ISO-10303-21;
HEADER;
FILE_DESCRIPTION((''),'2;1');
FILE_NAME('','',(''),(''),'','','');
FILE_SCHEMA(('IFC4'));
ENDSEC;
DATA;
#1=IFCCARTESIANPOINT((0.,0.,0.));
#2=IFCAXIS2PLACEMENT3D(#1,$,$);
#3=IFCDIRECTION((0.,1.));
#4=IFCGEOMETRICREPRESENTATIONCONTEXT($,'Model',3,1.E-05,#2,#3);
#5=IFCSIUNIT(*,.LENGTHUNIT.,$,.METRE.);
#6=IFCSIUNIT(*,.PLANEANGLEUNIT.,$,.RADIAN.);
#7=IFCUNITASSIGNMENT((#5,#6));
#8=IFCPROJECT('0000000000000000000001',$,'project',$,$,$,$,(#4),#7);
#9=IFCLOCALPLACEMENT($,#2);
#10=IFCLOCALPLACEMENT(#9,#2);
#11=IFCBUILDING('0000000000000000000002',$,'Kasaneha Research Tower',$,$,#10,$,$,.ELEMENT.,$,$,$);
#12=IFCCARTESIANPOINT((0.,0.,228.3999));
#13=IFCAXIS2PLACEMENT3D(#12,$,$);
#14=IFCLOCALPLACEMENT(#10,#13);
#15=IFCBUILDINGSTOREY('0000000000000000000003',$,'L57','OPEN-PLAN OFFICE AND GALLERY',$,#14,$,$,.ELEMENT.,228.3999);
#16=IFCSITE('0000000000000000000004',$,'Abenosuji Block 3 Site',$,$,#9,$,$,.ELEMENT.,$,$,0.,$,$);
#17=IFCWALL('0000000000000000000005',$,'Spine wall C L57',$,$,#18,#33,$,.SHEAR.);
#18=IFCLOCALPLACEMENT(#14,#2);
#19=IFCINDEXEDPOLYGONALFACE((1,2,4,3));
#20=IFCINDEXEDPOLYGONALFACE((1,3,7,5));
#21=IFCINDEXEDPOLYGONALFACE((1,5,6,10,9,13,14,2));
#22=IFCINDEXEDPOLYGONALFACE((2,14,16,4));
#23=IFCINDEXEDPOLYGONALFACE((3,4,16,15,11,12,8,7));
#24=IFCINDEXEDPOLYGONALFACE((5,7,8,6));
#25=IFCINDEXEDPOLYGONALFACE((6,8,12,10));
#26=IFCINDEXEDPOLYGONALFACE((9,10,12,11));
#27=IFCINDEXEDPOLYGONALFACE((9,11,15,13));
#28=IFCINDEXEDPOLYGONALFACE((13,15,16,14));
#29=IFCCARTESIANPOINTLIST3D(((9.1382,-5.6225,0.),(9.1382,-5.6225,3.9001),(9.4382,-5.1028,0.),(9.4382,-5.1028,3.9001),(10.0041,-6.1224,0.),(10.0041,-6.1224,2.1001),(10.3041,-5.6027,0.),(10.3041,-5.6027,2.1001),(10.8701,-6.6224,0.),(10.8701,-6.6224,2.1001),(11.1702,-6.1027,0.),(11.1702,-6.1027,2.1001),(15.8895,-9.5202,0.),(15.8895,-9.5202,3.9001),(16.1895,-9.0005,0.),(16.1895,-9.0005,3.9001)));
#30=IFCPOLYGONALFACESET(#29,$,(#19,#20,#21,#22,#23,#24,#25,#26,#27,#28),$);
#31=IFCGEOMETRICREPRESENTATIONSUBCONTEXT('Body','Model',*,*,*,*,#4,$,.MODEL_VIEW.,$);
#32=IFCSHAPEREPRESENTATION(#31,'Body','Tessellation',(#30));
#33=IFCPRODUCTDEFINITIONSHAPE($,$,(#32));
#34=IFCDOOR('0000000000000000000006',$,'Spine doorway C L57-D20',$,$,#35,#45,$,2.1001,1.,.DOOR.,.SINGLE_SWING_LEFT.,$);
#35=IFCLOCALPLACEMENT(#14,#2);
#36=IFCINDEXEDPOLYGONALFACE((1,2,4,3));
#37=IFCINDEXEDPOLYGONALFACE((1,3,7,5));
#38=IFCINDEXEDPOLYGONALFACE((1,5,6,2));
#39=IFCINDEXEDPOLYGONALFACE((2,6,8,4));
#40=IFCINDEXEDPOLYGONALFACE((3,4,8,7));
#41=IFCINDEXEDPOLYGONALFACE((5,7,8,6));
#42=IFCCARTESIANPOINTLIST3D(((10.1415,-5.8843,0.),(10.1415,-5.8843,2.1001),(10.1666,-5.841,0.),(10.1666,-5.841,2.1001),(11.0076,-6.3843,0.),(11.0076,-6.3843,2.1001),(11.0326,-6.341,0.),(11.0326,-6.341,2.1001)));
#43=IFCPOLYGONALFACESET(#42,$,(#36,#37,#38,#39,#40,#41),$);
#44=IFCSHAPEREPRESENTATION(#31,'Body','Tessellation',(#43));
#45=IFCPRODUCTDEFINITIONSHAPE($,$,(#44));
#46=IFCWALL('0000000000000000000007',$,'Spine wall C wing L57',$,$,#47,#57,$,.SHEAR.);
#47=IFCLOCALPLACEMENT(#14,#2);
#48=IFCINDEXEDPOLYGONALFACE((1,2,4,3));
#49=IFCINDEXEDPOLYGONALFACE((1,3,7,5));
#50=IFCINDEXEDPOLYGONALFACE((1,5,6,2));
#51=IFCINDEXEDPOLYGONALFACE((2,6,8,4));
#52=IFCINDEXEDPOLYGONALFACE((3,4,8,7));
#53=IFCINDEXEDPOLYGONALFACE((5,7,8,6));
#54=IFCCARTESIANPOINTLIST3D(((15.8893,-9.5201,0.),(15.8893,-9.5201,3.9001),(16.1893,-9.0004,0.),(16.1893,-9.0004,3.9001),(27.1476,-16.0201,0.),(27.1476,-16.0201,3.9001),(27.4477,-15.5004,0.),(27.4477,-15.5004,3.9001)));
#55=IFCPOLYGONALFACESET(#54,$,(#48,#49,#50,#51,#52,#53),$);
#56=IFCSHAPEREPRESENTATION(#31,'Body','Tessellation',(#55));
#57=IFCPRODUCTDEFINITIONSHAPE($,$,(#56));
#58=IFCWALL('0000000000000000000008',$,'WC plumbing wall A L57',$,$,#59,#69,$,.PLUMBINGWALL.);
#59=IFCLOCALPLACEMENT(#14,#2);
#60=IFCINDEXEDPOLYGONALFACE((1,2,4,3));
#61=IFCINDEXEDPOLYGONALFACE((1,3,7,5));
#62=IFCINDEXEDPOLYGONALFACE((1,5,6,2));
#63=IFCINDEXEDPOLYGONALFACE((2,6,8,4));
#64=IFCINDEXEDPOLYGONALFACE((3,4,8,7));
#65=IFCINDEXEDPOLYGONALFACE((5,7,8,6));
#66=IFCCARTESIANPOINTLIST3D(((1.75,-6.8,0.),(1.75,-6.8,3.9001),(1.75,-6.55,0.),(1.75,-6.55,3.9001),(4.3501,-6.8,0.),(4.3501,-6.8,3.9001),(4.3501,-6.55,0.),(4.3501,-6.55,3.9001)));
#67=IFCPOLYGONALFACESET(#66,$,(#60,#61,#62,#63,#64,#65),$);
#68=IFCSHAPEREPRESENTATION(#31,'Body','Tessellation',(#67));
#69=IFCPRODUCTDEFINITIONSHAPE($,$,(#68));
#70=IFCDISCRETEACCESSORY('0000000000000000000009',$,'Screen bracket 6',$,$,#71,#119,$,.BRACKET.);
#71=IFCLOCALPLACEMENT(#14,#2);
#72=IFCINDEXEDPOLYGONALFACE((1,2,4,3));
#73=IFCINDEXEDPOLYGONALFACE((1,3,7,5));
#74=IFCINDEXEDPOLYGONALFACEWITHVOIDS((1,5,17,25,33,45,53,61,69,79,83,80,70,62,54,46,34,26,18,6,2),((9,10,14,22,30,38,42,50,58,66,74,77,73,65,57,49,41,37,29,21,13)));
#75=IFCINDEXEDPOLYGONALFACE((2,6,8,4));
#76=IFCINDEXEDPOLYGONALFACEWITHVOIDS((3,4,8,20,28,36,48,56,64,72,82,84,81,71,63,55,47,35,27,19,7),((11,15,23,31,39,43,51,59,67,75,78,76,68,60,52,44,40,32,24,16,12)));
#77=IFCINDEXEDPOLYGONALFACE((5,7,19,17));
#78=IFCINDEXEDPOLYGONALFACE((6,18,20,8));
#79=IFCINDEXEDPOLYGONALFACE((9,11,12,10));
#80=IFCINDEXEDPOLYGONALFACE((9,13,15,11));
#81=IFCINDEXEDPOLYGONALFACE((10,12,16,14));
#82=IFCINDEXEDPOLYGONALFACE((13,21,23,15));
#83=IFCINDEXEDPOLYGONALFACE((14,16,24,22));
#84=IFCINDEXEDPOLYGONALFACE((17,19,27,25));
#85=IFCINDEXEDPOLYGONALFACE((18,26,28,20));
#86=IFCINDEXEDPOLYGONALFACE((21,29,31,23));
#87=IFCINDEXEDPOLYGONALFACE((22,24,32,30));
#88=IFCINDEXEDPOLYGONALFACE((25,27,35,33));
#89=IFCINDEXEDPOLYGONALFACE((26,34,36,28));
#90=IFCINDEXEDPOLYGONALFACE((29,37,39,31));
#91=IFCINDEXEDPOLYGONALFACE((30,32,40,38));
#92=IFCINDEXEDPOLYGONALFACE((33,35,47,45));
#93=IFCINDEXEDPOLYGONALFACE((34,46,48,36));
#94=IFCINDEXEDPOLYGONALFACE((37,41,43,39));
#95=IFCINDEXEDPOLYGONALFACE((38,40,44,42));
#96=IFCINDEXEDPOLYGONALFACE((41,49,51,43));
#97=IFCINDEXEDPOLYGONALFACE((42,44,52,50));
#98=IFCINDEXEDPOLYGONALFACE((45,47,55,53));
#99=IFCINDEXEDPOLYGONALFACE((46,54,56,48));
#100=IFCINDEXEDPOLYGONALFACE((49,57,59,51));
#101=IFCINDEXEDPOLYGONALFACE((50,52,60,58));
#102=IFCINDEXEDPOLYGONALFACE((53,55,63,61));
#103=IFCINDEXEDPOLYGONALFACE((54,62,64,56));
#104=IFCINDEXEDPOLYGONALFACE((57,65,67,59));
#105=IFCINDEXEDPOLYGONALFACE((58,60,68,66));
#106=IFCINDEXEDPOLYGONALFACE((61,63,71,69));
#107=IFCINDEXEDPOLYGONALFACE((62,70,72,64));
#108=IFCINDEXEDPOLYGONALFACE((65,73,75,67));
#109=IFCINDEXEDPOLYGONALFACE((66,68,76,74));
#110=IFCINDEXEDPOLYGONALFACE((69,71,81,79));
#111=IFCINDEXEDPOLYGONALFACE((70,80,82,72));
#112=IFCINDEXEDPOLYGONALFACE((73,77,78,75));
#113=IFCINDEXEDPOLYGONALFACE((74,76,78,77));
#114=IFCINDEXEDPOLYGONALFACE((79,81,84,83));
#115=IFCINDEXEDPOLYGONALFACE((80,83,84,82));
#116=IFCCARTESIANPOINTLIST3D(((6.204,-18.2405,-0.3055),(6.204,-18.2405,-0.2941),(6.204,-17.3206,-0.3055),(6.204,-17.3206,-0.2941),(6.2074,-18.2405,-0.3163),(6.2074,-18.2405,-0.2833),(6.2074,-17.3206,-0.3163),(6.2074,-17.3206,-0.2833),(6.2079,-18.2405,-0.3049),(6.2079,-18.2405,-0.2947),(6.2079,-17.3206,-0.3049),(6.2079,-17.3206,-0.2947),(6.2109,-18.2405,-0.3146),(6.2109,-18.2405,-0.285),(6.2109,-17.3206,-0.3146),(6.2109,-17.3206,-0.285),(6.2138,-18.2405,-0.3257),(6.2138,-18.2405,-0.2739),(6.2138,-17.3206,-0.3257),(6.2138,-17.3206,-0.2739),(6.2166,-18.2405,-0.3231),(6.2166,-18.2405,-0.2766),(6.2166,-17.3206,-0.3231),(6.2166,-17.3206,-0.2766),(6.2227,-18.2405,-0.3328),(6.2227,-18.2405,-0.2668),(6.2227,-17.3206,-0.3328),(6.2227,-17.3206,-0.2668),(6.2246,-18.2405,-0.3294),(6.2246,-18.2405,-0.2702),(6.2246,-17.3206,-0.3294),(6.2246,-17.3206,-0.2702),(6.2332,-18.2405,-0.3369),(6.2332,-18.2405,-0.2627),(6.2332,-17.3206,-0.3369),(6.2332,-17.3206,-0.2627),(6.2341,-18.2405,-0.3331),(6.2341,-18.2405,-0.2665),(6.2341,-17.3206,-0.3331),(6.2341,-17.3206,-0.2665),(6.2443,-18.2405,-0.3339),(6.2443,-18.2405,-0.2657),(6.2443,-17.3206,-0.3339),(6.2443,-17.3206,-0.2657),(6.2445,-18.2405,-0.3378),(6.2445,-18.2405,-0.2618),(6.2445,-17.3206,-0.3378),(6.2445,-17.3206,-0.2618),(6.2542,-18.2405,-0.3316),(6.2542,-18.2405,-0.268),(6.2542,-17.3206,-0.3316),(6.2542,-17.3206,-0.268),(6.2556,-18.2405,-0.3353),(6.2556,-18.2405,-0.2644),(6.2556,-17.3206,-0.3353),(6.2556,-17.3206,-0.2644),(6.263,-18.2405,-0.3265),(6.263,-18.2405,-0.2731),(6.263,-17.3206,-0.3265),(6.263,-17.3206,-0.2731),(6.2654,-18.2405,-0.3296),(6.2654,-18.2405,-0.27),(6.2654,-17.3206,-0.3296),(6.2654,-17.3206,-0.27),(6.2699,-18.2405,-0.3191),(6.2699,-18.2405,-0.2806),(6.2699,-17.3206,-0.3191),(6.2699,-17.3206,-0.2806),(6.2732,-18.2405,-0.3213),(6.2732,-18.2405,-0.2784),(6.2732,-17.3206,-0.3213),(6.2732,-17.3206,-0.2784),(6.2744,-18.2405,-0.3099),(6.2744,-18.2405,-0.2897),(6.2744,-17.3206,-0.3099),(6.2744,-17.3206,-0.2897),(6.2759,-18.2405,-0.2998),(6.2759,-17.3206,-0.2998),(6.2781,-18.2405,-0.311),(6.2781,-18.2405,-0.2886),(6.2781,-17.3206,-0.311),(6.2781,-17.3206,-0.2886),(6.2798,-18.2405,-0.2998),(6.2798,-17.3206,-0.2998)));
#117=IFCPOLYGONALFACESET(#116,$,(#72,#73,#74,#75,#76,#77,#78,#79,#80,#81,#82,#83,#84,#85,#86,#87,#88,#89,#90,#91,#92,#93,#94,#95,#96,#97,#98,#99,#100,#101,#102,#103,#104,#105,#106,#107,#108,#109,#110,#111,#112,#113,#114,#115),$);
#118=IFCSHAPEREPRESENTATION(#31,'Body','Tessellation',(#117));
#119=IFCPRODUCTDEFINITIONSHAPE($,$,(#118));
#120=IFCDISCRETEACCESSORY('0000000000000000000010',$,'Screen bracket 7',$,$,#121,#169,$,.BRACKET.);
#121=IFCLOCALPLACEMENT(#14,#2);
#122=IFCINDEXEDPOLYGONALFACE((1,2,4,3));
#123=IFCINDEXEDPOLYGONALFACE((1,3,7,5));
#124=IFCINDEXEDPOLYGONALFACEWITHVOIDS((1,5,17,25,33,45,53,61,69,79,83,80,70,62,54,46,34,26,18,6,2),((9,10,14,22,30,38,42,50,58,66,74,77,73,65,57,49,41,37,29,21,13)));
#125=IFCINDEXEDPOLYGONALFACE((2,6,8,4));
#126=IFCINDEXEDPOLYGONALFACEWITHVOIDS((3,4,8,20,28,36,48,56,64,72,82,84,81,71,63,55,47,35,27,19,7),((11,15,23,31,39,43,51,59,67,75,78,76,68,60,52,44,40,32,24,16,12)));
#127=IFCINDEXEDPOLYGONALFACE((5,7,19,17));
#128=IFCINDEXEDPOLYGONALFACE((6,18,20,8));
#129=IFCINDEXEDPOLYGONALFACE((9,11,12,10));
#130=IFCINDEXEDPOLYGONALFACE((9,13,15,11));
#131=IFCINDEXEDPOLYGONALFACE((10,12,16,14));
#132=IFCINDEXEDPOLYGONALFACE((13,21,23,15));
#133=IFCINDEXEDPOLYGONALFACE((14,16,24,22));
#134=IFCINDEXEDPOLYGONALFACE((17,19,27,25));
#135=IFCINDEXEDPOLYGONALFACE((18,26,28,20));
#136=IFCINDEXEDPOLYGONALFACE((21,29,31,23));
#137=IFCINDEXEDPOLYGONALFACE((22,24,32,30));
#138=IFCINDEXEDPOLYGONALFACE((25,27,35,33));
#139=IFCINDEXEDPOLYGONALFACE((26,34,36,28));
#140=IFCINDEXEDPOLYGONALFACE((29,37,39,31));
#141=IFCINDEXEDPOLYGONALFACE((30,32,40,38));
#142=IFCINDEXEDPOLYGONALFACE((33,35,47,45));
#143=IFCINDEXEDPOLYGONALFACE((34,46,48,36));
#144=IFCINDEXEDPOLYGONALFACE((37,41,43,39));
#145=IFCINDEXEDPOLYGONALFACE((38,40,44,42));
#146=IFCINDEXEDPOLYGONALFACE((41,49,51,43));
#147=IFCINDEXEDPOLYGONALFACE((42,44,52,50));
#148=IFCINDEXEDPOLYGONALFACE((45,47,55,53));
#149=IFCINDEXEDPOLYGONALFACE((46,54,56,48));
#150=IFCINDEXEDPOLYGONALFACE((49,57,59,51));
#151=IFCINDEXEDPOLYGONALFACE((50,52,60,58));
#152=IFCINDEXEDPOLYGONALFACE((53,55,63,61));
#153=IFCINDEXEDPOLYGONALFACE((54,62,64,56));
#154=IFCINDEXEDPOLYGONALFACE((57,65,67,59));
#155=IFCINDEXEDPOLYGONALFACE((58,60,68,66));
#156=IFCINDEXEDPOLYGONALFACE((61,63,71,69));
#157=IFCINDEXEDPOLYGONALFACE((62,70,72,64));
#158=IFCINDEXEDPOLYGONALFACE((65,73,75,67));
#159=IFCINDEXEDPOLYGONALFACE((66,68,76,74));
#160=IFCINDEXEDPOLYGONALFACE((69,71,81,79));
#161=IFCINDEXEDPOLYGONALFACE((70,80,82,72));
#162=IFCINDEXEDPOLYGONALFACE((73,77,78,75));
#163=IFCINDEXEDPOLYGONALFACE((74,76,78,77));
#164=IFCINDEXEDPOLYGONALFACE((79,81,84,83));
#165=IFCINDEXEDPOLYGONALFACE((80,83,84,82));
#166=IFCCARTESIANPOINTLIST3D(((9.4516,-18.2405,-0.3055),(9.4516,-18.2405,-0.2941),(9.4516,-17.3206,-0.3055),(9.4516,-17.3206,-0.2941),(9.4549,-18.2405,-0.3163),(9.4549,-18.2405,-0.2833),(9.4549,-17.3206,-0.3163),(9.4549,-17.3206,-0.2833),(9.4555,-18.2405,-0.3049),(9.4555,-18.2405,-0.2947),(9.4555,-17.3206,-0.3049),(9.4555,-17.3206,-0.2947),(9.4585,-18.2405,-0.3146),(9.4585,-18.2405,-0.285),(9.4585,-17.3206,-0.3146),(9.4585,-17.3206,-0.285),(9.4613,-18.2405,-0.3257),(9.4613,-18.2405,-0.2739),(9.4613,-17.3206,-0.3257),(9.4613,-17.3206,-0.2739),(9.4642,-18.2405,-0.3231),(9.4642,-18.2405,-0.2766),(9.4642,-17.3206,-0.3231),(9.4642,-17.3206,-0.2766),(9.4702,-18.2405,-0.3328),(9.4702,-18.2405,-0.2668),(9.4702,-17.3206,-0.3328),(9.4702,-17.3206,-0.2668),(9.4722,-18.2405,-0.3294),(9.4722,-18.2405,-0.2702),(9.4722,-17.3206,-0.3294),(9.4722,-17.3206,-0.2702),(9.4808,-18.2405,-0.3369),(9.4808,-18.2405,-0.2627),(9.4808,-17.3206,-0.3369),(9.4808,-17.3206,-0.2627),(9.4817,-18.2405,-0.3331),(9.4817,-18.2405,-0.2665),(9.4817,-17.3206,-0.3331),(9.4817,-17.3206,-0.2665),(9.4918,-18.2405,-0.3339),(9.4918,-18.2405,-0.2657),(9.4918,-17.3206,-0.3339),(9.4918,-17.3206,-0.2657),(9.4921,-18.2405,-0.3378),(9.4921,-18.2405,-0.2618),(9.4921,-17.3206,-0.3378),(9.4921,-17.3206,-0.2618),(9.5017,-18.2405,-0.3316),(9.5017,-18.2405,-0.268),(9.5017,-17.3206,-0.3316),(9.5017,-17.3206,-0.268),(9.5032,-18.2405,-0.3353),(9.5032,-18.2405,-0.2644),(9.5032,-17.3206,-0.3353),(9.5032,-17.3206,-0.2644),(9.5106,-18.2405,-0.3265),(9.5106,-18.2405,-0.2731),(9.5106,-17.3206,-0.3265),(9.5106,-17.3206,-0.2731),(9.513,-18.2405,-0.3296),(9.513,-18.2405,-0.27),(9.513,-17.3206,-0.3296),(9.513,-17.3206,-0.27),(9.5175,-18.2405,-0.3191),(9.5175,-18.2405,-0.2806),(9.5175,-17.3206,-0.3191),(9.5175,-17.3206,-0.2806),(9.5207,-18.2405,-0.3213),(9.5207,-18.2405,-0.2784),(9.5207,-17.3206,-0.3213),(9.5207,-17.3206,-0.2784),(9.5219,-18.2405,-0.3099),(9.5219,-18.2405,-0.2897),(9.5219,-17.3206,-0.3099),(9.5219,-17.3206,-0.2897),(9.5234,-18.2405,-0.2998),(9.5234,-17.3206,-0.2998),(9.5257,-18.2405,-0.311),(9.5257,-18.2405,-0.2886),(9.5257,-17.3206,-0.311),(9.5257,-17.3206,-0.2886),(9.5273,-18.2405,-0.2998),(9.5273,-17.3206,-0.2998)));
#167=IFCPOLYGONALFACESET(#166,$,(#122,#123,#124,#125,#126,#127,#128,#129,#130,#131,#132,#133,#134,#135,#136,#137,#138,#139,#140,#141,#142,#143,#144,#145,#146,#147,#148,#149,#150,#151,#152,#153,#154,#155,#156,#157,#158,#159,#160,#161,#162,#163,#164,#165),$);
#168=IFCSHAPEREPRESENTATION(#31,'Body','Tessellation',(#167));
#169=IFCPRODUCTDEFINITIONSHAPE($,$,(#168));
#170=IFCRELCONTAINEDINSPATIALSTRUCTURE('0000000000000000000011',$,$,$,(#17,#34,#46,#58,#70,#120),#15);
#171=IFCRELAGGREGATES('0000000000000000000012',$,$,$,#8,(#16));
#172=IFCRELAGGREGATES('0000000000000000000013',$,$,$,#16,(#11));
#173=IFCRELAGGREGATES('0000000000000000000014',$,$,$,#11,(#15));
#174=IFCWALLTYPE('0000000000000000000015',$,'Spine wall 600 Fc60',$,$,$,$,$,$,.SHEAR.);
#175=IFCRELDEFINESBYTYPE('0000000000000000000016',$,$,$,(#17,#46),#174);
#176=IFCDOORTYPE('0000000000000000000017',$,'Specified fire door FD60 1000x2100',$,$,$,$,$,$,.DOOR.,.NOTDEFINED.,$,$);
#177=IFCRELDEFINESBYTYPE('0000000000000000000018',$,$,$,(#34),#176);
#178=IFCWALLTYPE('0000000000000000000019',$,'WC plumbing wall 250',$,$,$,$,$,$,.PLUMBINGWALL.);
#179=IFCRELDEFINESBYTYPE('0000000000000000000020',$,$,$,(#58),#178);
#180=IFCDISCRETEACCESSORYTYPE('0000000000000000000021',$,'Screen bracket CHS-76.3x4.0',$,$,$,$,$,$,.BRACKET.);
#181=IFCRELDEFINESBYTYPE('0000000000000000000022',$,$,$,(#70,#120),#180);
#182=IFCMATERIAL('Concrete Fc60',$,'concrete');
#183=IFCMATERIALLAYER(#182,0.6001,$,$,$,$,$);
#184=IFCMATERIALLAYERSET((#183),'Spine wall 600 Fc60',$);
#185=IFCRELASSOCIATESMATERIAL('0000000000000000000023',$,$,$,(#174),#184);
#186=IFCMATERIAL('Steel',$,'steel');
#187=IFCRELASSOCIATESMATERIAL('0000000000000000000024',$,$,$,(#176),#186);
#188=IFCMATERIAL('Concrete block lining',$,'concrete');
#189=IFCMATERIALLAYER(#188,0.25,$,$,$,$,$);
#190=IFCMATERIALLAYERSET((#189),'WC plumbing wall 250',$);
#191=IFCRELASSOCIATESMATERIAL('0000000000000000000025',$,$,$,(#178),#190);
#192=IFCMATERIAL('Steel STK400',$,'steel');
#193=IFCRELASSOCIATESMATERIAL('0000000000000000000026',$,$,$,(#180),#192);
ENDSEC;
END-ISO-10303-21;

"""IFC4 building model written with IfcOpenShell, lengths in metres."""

from ifc_helpers import new_model, si_unit, direction, frame, frame_2d, origin, origin_2d, place, context, subcontext, project, spatial, rectangle, hollow_circle, extrude, material, layer, layer_set, material_profile, profile_set, type_object, element, fill, save


model = new_model("IFC4")

# Units and contexts
model_context = context("Model", 3, precision=1e-05, world=origin(), true_north=direction((0.0, 1.0)))
body_context = subcontext(model_context, "Body", "Model", "MODEL_VIEW")
ifc_project = project(units=[si_unit("LENGTHUNIT", "METRE"), si_unit("PLANEANGLEUNIT", "RADIAN")], contexts=[model_context])

# Site, building, storey
site_placement = place(None, origin())
site = spatial("IfcSite", under=ifc_project, at=site_placement, Name="Abenosuji Block 3 Site", CompositionType="ELEMENT", RefElevation=0.0)
building_placement = place(site_placement, origin())
building = spatial("IfcBuilding", under=site, at=building_placement, Name="Kasaneha Research Tower", CompositionType="ELEMENT")
storey_placement = place(building_placement, frame((0.0, 0.0, 228.3999)))
storey = spatial("IfcBuildingStorey", under=building, at=storey_placement, Name="L57", Description="OPEN-PLAN OFFICE AND GALLERY", CompositionType="ELEMENT", Elevation=228.3999)

# Wall, opening, door
ifc_material_1 = material(Name="Concrete Fc60", Category="concrete")
ifc_layer_1 = layer(ifc_material_1, 0.6001)
ifc_layer_set_1 = layer_set([ifc_layer_1], Name="Spine wall 600 Fc60")
wall_type_1 = type_object("IfcWallType", Name="Spine wall 600 Fc60", PredefinedType="SHEAR", material=ifc_layer_set_1)
wall_1_placement = place(storey_placement, frame((9.2881, -5.3625, 0.0), z_axis=(0.0, 0.0, 1.0), x_axis=(0.866032, -0.499989, 0.0)))
wall_1 = element("IfcWall", 1, at=wall_1_placement, inside=storey, type_object=wall_type_1, Name="Spine wall C L57", PredefinedType="SHEAR", context=body_context, shape_type="SweptSolid", body=[
    extrude(rectangle(XDim=7.7957, YDim=0.6001, at=frame_2d((3.8979, 0.0))), origin(), (0.0, 0.0, 1.0), 3.9001),
])
opening_1_placement = place(wall_1_placement, frame((1.0, 0.0, 0.0)))
opening_1 = element("IfcOpeningElement", 2, at=opening_1_placement, cuts=wall_1, PredefinedType="OPENING", context=body_context, shape_type="SweptSolid", body=[
    extrude(rectangle(XDim=1.0, YDim=2.1001, at=frame_2d((0.5, 1.05))), frame((0.0, 0.3101, 0.0), z_axis=(0.0, -1.0, 0.0), x_axis=(1.0, 0.0, 0.0)), (0.0, 0.0, 1.0), 0.6201),
])
ifc_material_2 = material(Name="Steel", Category="steel")
door_type_1 = type_object("IfcDoorType", Name="Specified fire door FD60 1000x2100", OperationType="NOTDEFINED", PredefinedType="DOOR", material=ifc_material_2)
door_1_placement = place(opening_1_placement, origin())
door_1 = element("IfcDoor", 3, at=door_1_placement, inside=storey, type_object=door_type_1, Name="Spine doorway C L57-D20", OperationType="SINGLE_SWING_LEFT", OverallHeight=2.1001, OverallWidth=1.0, PredefinedType="DOOR", context=body_context, shape_type="SweptSolid", body=[
    extrude(rectangle(XDim=1.0, YDim=2.1001, at=frame_2d((0.5, 1.05))), frame((0.0, 0.0249, 0.0), z_axis=(0.0, -1.0, 0.0), x_axis=(1.0, 0.0, 0.0)), (0.0, 0.0, 1.0), 0.05),
])
fill(opening_1, door_1)

# Walls
wall_2_placement = place(storey_placement, frame((16.0393, -9.2603, 0.0), z_axis=(0.0, 0.0, 1.0), x_axis=(0.866025, -0.500001, 0.0)))
element("IfcWall", 4, at=wall_2_placement, inside=storey, type_object=wall_type_1, Name="Spine wall C wing L57", PredefinedType="SHEAR", context=body_context, shape_type="SweptSolid", body=[
    extrude(rectangle(XDim=13.0, YDim=0.6001, at=frame_2d((6.5, 0.0))), origin(), (0.0, 0.0, 1.0), 3.9001),
])
ifc_material_3 = material(Name="Concrete block lining", Category="concrete")
ifc_layer_2 = layer(ifc_material_3, 0.25)
ifc_layer_set_2 = layer_set([ifc_layer_2], Name="WC plumbing wall 250")
wall_type_2 = type_object("IfcWallType", Name="WC plumbing wall 250", PredefinedType="PLUMBINGWALL", material=ifc_layer_set_2)
wall_3_placement = place(storey_placement, frame((1.75, -6.675, 0.0), z_axis=(0.0, 0.0, 1.0), x_axis=(1.0, 0.0, 0.0)))
element("IfcWall", 5, at=wall_3_placement, inside=storey, type_object=wall_type_2, Name="WC plumbing wall A L57", PredefinedType="PLUMBINGWALL", context=body_context, shape_type="SweptSolid", body=[
    extrude(rectangle(XDim=2.6001, YDim=0.25, at=frame_2d((1.3, 0.0))), origin(), (0.0, 0.0, 1.0), 3.9001),
])

# Discrete accessories
ifc_material_4 = material(Name="Steel STK400", Category="steel")
ifc_material_profile_1 = material_profile(ifc_material_4, hollow_circle(Radius=0.0381, WallThickness=0.0039, at=origin_2d()), Name="CHS-76.3x4.0")
ifc_profile_set_1 = profile_set([ifc_material_profile_1], Name="Steel STK400")
discrete_accessory_type = type_object("IfcDiscreteAccessoryType", Name="Screen bracket CHS-76.3x4.0", PredefinedType="BRACKET", material=ifc_profile_set_1)
for number, where, z_axis, x_axis, name in (
    (6, (6.2417, -17.3206, -0.2998), (0.0, -1.0, 0.0), (1.0, 0.0, 0.0), "Screen bracket 6"),
    (7, (9.4893, -17.3206, -0.2998), (0.0, -1.0, 0.0), (1.0, 0.0, 0.0), "Screen bracket 7"),
):
    element("IfcDiscreteAccessory", number, at=place(storey_placement, frame(where, z_axis=z_axis, x_axis=x_axis)), inside=storey, type_object=discrete_accessory_type, Name=name, PredefinedType="BRACKET", context=body_context, shape_type="SweptSolid", body=[
        extrude(hollow_circle(Radius=0.0381, WallThickness=0.0039, at=origin_2d()), origin(), (0.0, 0.0, 1.0), 0.9199),
    ])

save(model, "model.ifc")
